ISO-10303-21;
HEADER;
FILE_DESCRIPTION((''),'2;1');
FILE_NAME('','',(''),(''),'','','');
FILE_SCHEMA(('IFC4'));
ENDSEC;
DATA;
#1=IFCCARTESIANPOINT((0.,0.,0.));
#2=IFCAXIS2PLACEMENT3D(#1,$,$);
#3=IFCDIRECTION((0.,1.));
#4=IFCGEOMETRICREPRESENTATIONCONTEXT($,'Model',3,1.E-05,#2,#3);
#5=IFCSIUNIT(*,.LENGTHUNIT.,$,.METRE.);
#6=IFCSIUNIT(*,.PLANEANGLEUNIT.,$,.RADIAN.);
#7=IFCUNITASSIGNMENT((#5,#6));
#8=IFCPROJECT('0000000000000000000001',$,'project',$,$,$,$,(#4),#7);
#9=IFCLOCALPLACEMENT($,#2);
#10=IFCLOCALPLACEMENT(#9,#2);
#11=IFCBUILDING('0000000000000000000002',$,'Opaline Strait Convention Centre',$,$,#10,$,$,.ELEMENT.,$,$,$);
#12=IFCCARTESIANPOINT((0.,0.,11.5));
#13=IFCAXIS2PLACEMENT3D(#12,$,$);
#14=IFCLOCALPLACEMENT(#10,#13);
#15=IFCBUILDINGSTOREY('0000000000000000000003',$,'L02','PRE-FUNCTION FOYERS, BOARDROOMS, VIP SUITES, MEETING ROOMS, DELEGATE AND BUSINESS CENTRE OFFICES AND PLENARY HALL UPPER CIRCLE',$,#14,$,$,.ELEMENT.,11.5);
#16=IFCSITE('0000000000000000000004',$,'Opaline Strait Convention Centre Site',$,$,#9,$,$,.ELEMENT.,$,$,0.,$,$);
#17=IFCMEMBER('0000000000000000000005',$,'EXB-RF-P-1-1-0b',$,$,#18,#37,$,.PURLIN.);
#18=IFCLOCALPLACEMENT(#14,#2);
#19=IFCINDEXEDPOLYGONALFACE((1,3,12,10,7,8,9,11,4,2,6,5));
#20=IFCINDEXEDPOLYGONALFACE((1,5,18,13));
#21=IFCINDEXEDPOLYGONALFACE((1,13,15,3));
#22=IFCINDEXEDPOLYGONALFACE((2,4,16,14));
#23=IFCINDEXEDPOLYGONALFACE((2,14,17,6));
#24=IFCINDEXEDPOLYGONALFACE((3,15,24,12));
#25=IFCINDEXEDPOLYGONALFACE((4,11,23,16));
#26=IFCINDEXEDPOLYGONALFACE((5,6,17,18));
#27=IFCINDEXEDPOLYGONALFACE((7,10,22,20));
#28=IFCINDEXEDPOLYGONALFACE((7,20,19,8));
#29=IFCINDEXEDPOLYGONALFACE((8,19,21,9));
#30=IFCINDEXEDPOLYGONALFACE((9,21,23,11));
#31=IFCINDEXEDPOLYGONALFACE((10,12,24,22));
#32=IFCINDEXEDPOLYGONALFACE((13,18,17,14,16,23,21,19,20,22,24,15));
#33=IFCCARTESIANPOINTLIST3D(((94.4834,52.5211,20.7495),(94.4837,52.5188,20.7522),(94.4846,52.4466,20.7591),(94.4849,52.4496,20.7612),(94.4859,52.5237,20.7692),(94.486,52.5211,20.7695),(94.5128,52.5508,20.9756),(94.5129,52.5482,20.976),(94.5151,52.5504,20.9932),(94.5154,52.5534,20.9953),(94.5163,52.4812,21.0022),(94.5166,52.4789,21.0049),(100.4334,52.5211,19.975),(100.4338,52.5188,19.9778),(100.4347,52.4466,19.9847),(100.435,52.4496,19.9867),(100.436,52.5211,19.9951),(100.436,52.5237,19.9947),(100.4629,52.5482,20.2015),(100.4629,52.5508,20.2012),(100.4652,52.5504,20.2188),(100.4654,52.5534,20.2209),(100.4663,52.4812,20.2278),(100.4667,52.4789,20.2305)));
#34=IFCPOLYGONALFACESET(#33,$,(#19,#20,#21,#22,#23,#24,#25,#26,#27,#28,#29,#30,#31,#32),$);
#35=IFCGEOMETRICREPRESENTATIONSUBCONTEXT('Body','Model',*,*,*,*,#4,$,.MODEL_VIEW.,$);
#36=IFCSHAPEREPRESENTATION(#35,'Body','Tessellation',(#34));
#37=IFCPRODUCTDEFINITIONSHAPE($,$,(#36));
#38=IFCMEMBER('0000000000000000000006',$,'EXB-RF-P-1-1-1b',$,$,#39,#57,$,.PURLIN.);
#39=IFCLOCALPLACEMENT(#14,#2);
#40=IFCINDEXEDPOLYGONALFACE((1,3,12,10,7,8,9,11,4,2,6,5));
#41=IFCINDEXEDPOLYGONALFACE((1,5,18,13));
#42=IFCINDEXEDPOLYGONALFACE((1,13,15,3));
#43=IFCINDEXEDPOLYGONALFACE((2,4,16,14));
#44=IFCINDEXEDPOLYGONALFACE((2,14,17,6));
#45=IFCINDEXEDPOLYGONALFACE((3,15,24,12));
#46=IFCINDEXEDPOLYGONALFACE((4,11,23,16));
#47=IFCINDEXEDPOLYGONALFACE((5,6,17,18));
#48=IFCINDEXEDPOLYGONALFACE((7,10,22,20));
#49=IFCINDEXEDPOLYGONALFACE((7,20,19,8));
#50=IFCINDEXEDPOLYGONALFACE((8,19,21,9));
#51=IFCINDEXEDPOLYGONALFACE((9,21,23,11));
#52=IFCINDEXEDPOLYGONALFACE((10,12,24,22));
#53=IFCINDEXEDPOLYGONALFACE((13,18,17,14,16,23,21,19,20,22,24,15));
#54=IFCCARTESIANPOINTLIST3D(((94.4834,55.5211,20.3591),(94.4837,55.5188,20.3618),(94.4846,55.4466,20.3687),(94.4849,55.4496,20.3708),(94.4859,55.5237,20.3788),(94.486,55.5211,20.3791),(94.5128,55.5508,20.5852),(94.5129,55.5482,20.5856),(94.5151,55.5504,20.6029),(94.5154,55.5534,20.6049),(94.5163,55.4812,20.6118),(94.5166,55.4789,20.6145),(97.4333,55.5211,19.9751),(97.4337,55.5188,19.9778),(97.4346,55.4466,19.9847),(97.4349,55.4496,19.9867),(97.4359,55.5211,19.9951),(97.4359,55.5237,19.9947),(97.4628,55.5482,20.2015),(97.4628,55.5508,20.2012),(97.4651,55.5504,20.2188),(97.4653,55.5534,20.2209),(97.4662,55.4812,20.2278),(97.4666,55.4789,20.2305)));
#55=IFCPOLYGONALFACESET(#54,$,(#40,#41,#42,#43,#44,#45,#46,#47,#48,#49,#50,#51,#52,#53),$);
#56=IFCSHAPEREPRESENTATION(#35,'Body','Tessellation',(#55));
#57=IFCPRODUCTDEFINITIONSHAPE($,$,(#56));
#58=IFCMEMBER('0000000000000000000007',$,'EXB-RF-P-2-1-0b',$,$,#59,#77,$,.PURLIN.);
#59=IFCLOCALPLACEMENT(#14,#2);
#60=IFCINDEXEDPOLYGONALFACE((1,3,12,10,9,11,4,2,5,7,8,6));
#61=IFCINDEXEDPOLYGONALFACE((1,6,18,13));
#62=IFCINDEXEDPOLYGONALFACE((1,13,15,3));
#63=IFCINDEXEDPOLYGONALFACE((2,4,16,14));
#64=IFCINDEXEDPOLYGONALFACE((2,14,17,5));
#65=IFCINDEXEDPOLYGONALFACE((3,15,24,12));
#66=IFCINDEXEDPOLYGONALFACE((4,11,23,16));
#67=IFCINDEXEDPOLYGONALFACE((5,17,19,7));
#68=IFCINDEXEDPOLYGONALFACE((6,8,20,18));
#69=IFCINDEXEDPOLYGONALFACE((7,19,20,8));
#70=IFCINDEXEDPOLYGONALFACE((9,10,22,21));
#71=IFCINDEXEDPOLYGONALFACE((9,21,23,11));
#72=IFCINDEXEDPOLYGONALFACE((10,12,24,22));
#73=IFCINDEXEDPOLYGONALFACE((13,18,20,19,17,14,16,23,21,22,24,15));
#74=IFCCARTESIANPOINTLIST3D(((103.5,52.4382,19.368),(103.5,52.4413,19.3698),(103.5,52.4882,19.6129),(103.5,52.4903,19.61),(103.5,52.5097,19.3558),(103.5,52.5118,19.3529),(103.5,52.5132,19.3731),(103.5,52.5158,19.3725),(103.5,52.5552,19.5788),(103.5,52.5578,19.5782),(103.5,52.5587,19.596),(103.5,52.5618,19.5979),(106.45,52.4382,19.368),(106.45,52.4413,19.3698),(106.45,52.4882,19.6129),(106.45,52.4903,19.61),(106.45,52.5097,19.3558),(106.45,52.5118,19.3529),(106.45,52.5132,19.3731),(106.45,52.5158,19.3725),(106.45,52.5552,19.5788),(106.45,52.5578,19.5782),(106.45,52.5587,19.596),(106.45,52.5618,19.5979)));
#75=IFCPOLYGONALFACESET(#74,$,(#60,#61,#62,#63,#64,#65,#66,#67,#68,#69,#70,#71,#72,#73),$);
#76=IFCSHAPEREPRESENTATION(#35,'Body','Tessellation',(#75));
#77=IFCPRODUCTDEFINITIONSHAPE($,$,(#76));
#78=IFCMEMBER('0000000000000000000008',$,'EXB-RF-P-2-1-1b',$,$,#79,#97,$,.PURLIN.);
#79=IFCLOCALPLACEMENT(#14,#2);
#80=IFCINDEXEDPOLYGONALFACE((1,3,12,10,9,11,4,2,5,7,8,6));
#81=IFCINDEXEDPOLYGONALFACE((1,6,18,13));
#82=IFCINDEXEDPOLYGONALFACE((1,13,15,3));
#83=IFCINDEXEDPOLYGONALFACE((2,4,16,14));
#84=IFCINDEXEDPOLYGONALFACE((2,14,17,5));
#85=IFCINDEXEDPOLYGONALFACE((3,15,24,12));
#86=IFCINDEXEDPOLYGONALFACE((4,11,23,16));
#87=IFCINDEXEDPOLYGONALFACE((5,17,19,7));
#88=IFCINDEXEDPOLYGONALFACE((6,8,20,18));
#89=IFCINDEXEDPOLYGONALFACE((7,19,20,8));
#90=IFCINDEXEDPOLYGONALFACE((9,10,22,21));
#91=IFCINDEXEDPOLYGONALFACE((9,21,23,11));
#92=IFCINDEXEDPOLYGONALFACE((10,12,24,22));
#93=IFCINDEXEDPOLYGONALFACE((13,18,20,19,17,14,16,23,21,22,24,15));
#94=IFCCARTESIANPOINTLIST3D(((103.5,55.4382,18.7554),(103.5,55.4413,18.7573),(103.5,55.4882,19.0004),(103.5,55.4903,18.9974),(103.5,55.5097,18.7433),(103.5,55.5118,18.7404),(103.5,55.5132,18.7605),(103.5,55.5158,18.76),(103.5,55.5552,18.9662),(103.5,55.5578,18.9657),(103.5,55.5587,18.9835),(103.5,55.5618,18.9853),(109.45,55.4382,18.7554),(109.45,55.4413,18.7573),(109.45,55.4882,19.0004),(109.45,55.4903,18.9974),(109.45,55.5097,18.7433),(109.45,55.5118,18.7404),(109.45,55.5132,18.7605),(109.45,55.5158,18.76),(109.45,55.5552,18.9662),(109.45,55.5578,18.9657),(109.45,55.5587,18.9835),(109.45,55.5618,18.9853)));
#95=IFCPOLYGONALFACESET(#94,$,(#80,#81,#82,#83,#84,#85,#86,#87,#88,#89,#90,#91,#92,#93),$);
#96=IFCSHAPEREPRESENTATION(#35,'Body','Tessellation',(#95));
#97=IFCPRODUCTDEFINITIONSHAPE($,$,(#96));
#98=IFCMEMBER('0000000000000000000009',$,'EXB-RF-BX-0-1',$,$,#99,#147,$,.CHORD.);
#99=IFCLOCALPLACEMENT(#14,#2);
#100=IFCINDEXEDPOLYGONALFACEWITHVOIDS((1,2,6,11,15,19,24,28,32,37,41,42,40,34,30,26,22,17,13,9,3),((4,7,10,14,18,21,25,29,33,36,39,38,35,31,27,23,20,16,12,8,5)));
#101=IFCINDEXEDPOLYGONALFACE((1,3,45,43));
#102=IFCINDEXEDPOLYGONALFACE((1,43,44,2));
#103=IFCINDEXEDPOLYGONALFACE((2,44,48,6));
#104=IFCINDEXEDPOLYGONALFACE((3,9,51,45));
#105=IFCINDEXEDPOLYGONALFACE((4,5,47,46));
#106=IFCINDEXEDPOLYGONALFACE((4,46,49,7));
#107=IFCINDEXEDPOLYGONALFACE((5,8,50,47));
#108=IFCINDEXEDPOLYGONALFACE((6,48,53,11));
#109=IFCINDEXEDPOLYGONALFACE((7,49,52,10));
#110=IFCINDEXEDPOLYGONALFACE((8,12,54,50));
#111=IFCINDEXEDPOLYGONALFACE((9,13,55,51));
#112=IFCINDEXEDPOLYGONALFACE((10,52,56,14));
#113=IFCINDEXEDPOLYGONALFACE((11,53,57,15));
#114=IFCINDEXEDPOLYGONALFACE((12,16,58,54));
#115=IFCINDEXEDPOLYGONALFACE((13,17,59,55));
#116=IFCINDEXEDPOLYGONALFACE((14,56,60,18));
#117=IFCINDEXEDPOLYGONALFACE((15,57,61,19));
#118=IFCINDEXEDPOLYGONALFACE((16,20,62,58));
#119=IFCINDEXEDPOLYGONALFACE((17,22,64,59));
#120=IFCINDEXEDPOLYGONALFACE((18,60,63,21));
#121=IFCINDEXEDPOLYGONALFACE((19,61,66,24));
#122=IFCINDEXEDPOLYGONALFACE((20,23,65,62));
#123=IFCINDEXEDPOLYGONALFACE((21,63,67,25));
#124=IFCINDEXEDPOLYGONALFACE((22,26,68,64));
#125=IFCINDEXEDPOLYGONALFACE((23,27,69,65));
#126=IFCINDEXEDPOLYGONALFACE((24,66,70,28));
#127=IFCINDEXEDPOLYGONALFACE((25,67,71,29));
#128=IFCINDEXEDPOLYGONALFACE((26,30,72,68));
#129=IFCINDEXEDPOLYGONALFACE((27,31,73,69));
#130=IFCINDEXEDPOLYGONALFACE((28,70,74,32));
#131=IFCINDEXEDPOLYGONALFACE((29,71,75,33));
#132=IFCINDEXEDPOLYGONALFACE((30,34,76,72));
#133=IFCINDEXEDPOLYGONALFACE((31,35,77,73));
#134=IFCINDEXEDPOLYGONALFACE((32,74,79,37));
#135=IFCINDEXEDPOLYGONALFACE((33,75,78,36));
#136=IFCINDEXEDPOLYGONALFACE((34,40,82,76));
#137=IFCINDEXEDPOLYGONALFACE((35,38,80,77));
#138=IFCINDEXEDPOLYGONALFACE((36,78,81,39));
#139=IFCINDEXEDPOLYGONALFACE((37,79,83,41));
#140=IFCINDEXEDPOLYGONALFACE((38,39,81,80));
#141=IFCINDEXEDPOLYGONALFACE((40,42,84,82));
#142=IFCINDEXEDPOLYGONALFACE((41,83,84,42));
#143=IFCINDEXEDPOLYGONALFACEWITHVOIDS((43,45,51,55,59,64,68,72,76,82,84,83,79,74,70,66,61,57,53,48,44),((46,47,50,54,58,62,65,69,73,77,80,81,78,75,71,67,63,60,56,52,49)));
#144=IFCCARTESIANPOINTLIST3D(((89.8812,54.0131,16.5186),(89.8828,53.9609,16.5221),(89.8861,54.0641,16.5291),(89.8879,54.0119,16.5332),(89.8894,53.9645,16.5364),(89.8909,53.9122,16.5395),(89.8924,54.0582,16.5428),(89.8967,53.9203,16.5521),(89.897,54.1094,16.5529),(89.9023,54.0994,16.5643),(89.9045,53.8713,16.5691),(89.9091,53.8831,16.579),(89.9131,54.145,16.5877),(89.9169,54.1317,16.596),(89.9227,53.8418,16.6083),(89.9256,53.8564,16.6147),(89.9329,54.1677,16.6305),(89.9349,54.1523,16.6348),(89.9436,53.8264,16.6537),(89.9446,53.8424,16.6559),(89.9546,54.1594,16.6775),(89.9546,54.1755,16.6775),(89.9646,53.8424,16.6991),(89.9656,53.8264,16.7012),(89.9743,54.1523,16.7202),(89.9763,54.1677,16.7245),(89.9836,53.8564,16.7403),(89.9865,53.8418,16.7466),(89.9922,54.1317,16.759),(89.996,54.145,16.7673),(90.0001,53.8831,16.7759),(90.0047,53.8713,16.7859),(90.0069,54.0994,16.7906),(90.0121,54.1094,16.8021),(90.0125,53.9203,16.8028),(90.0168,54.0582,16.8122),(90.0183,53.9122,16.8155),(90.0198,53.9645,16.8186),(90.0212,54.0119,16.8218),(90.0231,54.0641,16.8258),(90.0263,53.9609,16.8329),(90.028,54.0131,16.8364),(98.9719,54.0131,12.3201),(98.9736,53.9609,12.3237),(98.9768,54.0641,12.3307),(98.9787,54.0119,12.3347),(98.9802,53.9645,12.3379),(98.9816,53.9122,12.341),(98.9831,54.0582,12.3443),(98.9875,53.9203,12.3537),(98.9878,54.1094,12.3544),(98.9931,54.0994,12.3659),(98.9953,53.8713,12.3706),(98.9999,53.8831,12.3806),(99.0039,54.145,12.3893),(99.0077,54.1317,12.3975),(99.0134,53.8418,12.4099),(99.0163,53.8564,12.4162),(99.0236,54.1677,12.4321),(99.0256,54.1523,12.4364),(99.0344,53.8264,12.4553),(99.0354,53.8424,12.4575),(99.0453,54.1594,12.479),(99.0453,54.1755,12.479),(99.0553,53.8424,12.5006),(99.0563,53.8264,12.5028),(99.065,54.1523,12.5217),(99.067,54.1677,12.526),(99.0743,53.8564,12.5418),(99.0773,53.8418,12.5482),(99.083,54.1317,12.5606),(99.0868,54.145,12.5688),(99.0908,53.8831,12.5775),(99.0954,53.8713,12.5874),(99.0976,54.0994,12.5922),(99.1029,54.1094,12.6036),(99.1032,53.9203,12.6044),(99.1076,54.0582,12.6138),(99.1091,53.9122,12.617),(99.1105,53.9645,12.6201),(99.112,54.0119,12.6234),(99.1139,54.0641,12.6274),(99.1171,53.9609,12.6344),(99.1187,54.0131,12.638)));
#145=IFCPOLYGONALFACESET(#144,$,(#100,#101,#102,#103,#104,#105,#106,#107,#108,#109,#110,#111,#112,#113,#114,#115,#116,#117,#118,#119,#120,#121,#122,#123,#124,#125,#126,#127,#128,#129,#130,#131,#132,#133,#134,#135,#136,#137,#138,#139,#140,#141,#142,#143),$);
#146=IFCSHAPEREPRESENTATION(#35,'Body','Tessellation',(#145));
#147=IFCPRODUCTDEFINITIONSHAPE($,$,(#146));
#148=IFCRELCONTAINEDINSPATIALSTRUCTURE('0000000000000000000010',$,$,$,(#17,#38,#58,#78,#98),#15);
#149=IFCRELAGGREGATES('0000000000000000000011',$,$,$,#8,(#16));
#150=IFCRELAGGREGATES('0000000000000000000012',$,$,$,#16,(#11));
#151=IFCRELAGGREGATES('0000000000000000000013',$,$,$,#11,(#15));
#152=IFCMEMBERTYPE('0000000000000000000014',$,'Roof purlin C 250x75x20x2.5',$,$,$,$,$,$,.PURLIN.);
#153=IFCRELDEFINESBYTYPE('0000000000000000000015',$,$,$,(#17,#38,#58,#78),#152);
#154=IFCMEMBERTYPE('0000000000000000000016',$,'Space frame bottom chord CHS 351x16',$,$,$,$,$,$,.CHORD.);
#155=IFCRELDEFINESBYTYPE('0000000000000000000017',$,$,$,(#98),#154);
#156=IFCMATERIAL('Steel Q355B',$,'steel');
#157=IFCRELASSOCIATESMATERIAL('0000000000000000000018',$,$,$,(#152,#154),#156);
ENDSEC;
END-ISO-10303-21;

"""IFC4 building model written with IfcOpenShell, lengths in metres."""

from ifc_helpers import new_model, si_unit, direction, frame, origin, origin_2d, place, context, subcontext, project, spatial, polyline, hollow_circle, outline, extrude, material, material_profile, profile_set, type_object, element, save


model = new_model("IFC4")

# Units and contexts
model_context = context("Model", 3, precision=1e-05, world=origin(), true_north=direction((0.0, 1.0)))
body_context = subcontext(model_context, "Body", "Model", "MODEL_VIEW")
ifc_project = project(units=[si_unit("LENGTHUNIT", "METRE"), si_unit("PLANEANGLEUNIT", "RADIAN")], contexts=[model_context])

# Site, building, storey
site_placement = place(None, origin())
site = spatial("IfcSite", under=ifc_project, at=site_placement, Name="Opaline Strait Convention Centre Site", CompositionType="ELEMENT", RefElevation=0.0)
building_placement = place(site_placement, origin())
building = spatial("IfcBuilding", under=site, at=building_placement, Name="Opaline Strait Convention Centre", CompositionType="ELEMENT")
storey_placement = place(building_placement, frame((0.0, 0.0, 11.5)))
storey = spatial("IfcBuildingStorey", under=building, at=storey_placement, Name="L02", Description="PRE-FUNCTION FOYERS, BOARDROOMS, VIP SUITES, MEETING ROOMS, DELEGATE AND BUSINESS CENTRE OFFICES AND PLENARY HALL UPPER CIRCLE", CompositionType="ELEMENT", Elevation=11.5)

# Members
ifc_material_1 = material(Name="Steel Q355B", Category="steel")
ifc_material_profile_1 = material_profile(ifc_material_1, outline(polyline([(-0.0376, -0.125), (0.0376, -0.125), (0.0376, -0.105), (0.0349, -0.105), (0.0349, -0.1226), (-0.0349, -0.1226), (-0.0349, 0.1226), (0.0349, 0.1226), (0.0349, 0.105), (0.0376, 0.105), (0.0376, 0.125), (-0.0376, 0.125), (-0.0376, -0.125)])), Name="C 250x75x20x2.5")
ifc_profile_set_1 = profile_set([ifc_material_profile_1], Name="Steel Q355B")
member_type_1 = type_object("IfcMemberType", Name="Roof purlin C 250x75x20x2.5", PredefinedType="PURLIN", material=ifc_profile_set_1)
member_1_placement = place(storey_placement, frame((94.5, 52.5, 20.8772), z_axis=(0.991636, 0.0, -0.129066), x_axis=(-0.016662, 0.991632, -0.128015)))
element("IfcMember", 1, at=member_1_placement, inside=storey, type_object=member_type_1, Name="EXB-RF-P-1-1-0b", PredefinedType="PURLIN", context=body_context, shape_type="SweptSolid", body=[
    extrude(outline(polyline([(-0.0376, -0.125), (0.0376, -0.125), (0.0376, -0.105), (0.0349, -0.105), (0.0349, -0.1226), (-0.0349, -0.1226), (-0.0349, 0.1226), (0.0349, 0.1226), (0.0349, 0.105), (0.0376, 0.105), (0.0376, 0.125), (-0.0376, 0.125), (-0.0376, -0.125)])), origin(), (0.0, 0.0, 1.0), 6.0002),
])
member_2_placement = place(storey_placement, frame((94.5, 55.5, 20.4868), z_axis=(0.991632, 0.0, -0.129094), x_axis=(-0.016665, 0.991632, -0.128015)))
element("IfcMember", 2, at=member_2_placement, inside=storey, type_object=member_type_1, Name="EXB-RF-P-1-1-1b", PredefinedType="PURLIN", context=body_context, shape_type="SweptSolid", body=[
    extrude(outline(polyline([(-0.0376, -0.125), (0.0376, -0.125), (0.0376, -0.105), (0.0349, -0.105), (0.0349, -0.1226), (-0.0349, -0.1226), (-0.0349, 0.1226), (0.0349, 0.1226), (0.0349, 0.105), (0.0376, 0.105), (0.0376, 0.125), (-0.0376, 0.125), (-0.0376, -0.125)])), origin(), (0.0, 0.0, 1.0), 2.9749),
])
member_3_placement = place(storey_placement, frame((103.5, 52.5, 19.4829), z_axis=(1.0, 0.0, 0.0), x_axis=(0.0, 0.97978, -0.200078)))
element("IfcMember", 3, at=member_3_placement, inside=storey, type_object=member_type_1, Name="EXB-RF-P-2-1-0b", PredefinedType="PURLIN", context=body_context, shape_type="SweptSolid", body=[
    extrude(outline(polyline([(-0.0376, -0.125), (0.0376, -0.125), (0.0376, -0.105), (0.0349, -0.105), (0.0349, -0.1226), (-0.0349, -0.1226), (-0.0349, 0.1226), (0.0349, 0.1226), (0.0349, 0.105), (0.0376, 0.105), (0.0376, 0.125), (-0.0376, 0.125), (-0.0376, -0.125)])), origin(), (0.0, 0.0, 1.0), 2.95),
])
member_4_placement = place(storey_placement, frame((103.5, 55.5, 18.8704), z_axis=(1.0, 0.0, 0.0), x_axis=(0.0, 0.97978, -0.200078)))
element("IfcMember", 4, at=member_4_placement, inside=storey, type_object=member_type_1, Name="EXB-RF-P-2-1-1b", PredefinedType="PURLIN", context=body_context, shape_type="SweptSolid", body=[
    extrude(outline(polyline([(-0.0376, -0.125), (0.0376, -0.125), (0.0376, -0.105), (0.0349, -0.105), (0.0349, -0.1226), (-0.0349, -0.1226), (-0.0349, 0.1226), (0.0349, 0.1226), (0.0349, 0.105), (0.0376, 0.105), (0.0376, 0.125), (-0.0376, 0.125), (-0.0376, -0.125)])), origin(), (0.0, 0.0, 1.0), 5.95),
])
ifc_material_profile_2 = material_profile(ifc_material_1, hollow_circle(Radius=0.1755, WallThickness=0.0161, at=origin_2d()), Name="CHS 351x16")
ifc_profile_set_2 = profile_set([ifc_material_profile_2], Name="Steel Q355B")
member_type_2 = type_object("IfcMemberType", Name="Space frame bottom chord CHS 351x16", PredefinedType="CHORD", material=ifc_profile_set_2)
member_5_placement = place(storey_placement, frame((89.9546, 54.0, 16.6775), z_axis=(0.907856, 0.0, -0.419282), x_axis=(0.0, 1.0, 0.0)))
element("IfcMember", 5, at=member_5_placement, inside=storey, type_object=member_type_2, Name="EXB-RF-BX-0-1", PredefinedType="CHORD", context=body_context, shape_type="SweptSolid", body=[
    extrude(hollow_circle(Radius=0.1755, WallThickness=0.0161, at=origin_2d()), origin(), (0.0, 0.0, 1.0), 10.0134),
])

save(model, "model.ifc")
